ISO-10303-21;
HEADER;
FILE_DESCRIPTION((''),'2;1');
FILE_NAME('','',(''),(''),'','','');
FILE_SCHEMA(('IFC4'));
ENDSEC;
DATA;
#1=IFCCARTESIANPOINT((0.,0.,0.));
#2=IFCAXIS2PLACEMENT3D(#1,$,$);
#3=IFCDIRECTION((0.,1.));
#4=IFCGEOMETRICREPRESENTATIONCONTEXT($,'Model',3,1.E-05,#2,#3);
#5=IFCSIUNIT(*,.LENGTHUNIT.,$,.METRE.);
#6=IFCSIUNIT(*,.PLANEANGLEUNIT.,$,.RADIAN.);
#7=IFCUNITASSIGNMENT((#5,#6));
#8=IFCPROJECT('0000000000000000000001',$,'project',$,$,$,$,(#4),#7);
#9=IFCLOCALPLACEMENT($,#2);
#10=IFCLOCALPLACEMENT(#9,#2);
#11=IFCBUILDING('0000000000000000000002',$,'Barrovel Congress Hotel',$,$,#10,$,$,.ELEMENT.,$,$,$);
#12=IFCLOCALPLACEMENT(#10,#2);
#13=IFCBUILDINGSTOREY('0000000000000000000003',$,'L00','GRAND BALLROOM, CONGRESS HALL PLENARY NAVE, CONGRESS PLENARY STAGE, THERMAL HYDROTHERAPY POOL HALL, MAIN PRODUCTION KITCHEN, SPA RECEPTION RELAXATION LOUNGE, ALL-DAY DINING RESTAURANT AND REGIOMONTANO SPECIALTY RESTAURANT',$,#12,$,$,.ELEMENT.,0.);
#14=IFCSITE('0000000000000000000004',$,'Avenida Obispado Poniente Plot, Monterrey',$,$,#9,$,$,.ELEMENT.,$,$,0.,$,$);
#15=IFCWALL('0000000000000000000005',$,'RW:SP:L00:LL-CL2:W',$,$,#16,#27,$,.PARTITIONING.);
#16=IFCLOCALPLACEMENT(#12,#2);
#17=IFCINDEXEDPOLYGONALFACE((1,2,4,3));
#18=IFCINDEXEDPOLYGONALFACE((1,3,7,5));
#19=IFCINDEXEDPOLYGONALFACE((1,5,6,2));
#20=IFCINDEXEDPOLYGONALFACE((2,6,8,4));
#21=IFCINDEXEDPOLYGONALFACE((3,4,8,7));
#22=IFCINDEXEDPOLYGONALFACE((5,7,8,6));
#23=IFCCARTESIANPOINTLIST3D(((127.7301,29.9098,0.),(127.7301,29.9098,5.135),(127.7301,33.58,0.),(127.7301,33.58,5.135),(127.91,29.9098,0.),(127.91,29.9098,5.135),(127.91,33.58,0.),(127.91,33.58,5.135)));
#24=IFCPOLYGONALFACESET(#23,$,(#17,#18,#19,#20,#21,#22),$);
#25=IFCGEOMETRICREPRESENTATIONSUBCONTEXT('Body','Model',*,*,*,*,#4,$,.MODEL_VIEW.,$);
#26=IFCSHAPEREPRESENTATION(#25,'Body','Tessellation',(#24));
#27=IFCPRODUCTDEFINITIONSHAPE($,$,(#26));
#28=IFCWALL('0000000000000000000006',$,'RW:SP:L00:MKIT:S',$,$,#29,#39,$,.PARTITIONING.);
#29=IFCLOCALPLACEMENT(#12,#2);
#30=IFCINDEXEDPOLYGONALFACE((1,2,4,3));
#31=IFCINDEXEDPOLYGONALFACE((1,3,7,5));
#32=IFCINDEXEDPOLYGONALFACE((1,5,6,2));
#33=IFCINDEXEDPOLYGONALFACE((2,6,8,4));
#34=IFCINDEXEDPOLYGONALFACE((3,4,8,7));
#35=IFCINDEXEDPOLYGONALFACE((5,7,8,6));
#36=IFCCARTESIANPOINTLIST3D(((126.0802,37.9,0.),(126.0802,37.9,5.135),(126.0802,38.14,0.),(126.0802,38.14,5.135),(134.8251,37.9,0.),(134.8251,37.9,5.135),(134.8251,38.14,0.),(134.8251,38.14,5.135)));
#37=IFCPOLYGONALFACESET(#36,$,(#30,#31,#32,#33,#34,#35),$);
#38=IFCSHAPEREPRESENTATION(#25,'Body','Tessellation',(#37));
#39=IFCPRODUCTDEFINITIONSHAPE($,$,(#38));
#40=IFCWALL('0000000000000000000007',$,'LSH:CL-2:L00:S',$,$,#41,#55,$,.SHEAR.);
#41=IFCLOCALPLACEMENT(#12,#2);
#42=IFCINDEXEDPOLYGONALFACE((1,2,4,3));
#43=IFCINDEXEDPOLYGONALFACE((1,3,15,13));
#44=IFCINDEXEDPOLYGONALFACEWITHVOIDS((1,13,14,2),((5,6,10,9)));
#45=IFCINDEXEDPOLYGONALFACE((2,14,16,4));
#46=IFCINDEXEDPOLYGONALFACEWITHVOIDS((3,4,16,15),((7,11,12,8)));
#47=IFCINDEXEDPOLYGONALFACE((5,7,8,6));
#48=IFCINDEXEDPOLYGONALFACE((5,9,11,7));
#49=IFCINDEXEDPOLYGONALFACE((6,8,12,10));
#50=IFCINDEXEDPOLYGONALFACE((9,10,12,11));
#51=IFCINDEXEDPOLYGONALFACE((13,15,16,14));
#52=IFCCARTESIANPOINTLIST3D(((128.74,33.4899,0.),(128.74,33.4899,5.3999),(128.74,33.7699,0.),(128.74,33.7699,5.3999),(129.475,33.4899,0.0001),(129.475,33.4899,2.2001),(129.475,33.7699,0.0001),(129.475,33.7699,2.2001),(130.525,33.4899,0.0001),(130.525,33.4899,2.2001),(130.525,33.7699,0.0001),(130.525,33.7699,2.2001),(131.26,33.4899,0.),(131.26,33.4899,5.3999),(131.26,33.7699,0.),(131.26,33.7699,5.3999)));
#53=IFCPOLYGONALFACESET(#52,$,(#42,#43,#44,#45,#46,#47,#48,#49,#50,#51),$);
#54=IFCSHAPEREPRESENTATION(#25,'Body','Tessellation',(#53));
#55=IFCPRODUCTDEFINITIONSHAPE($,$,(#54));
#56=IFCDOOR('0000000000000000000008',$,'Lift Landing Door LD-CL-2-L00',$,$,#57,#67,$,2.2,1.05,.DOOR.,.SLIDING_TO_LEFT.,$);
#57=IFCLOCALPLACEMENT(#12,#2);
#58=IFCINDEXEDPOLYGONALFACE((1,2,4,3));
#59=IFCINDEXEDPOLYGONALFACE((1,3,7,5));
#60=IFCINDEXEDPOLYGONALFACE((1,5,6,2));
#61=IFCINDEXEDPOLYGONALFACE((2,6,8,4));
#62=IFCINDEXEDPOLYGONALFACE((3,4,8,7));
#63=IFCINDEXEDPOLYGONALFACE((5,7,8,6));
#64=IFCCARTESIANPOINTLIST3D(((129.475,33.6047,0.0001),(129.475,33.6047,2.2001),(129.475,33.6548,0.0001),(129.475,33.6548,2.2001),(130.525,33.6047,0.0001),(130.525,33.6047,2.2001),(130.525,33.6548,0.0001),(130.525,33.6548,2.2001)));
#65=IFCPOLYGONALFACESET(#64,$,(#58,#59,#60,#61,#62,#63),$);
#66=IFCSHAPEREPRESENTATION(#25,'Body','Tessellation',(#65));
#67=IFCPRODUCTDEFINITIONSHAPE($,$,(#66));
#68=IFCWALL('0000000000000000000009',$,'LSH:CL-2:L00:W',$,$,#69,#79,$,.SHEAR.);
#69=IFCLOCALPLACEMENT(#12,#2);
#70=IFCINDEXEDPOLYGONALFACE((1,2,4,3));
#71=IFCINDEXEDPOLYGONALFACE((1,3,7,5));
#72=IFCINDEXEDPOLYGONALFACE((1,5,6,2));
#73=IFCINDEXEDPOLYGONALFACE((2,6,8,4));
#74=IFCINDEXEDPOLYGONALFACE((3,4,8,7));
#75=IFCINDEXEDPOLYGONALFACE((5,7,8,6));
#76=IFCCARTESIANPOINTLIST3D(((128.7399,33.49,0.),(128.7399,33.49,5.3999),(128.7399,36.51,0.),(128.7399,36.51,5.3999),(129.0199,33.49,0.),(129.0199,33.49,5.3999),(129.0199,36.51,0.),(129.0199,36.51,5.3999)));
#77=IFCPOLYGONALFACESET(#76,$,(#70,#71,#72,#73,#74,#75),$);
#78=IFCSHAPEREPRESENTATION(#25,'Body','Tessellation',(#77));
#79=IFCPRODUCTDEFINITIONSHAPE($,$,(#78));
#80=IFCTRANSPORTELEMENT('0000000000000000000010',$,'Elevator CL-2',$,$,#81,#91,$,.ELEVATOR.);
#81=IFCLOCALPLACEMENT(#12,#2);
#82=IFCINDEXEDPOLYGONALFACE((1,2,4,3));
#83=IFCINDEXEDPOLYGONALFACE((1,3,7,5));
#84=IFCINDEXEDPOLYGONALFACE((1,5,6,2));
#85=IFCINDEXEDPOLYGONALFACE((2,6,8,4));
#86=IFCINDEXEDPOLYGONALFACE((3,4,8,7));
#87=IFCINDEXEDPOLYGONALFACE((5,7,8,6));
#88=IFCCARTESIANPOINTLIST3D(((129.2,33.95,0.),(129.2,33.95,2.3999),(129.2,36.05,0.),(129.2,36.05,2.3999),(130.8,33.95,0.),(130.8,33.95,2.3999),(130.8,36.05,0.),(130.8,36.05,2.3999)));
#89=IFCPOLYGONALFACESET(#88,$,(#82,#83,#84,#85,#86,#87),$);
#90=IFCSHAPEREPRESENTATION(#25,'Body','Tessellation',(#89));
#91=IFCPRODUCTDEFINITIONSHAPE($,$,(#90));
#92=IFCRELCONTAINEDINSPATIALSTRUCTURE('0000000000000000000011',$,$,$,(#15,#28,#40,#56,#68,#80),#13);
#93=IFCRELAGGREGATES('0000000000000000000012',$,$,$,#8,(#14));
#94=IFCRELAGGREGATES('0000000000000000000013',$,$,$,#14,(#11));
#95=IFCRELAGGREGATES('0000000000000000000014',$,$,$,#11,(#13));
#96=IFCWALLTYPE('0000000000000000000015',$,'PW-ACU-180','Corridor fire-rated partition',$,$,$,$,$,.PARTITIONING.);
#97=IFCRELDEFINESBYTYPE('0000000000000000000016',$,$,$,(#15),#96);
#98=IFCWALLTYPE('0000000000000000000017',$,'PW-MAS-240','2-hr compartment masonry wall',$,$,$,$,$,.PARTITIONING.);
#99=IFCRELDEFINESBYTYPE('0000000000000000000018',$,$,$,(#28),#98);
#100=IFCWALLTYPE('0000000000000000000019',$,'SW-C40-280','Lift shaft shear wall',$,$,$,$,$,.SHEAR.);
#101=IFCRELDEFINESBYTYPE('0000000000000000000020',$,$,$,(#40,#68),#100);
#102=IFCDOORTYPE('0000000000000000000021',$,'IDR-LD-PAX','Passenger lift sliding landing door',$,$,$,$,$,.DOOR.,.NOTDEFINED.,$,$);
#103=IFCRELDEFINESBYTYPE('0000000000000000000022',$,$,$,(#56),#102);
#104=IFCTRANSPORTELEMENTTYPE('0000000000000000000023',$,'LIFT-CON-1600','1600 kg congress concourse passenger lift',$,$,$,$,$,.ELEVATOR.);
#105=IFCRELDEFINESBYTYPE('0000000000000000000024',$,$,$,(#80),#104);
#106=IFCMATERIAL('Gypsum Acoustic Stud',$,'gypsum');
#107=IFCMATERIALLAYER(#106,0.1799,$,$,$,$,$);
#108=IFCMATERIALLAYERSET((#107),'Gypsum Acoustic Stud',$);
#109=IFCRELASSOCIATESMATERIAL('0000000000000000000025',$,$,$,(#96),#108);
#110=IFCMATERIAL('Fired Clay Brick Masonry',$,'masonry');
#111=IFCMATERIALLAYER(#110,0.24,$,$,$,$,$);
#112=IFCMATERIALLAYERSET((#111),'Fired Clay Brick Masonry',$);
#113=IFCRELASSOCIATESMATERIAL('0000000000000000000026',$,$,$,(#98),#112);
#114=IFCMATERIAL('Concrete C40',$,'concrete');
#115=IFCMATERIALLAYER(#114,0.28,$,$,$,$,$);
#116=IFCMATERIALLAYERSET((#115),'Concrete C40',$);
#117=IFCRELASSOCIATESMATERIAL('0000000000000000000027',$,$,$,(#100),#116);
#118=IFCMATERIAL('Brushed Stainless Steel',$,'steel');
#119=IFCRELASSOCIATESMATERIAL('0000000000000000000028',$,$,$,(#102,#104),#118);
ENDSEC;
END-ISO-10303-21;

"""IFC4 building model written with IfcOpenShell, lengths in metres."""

from ifc_helpers import new_model, si_unit, direction, frame, frame_2d, origin, origin_2d, place, context, subcontext, project, spatial, rectangle, extrude, material, layer, layer_set, type_object, element, fill, save


model = new_model("IFC4")

# Units and contexts
model_context = context("Model", 3, precision=1e-05, world=origin(), true_north=direction((0.0, 1.0)))
body_context = subcontext(model_context, "Body", "Model", "MODEL_VIEW")
ifc_project = project(units=[si_unit("LENGTHUNIT", "METRE"), si_unit("PLANEANGLEUNIT", "RADIAN")], contexts=[model_context])

# Site, building, storey
site_placement = place(None, origin())
site = spatial("IfcSite", under=ifc_project, at=site_placement, Name="Avenida Obispado Poniente Plot, Monterrey", CompositionType="ELEMENT", RefElevation=0.0)
building_placement = place(site_placement, origin())
building = spatial("IfcBuilding", under=site, at=building_placement, Name="Barrovel Congress Hotel", CompositionType="ELEMENT")
storey_placement = place(building_placement, origin())
storey = spatial("IfcBuildingStorey", under=building, at=storey_placement, Name="L00", Description="GRAND BALLROOM, CONGRESS HALL PLENARY NAVE, CONGRESS PLENARY STAGE, THERMAL HYDROTHERAPY POOL HALL, MAIN PRODUCTION KITCHEN, SPA RECEPTION RELAXATION LOUNGE, ALL-DAY DINING RESTAURANT AND REGIOMONTANO SPECIALTY RESTAURANT", CompositionType="ELEMENT", Elevation=0.0)

# Shared definitions
ifc_material_1 = material(Name="Concrete C40", Category="concrete")

# Shared definitions
ifc_material_2 = material(Name="Fired Clay Brick Masonry", Category="masonry")

# Shared definitions
ifc_material_3 = material(Name="Gypsum Acoustic Stud", Category="gypsum")
ifc_layer_1 = layer(ifc_material_3, 0.1799)
ifc_layer_set_1 = layer_set([ifc_layer_1], Name="Gypsum Acoustic Stud")
wall_type_1 = type_object("IfcWallType", Name="PW-ACU-180", Description="Corridor fire-rated partition", PredefinedType="PARTITIONING", material=ifc_layer_set_1)

# Walls
wall_1_placement = place(storey_placement, frame((127.8201, 29.9099, 0.0), z_axis=(0.0, 0.0, 1.0), x_axis=(0.0, 1.0, 0.0)))
element("IfcWall", 1, at=wall_1_placement, inside=storey, type_object=wall_type_1, Name="RW:SP:L00:LL-CL2:W", PredefinedType="PARTITIONING", context=body_context, shape_type="SweptSolid", body=[
    extrude(rectangle(XDim=3.6702, YDim=0.1799, at=frame_2d((1.835, 0.0))), origin(), (0.0, 0.0, 1.0), 5.135),
])
ifc_layer_2 = layer(ifc_material_2, 0.24)
ifc_layer_set_2 = layer_set([ifc_layer_2], Name="Fired Clay Brick Masonry")
wall_type_2 = type_object("IfcWallType", Name="PW-MAS-240", Description="2-hr compartment masonry wall", PredefinedType="PARTITIONING", material=ifc_layer_set_2)
wall_2_placement = place(storey_placement, frame((126.0801, 38.02, 0.0), z_axis=(0.0, 0.0, 1.0), x_axis=(1.0, 0.0, 0.0)))
element("IfcWall", 2, at=wall_2_placement, inside=storey, type_object=wall_type_2, Name="RW:SP:L00:MKIT:S", PredefinedType="PARTITIONING", context=body_context, shape_type="SweptSolid", body=[
    extrude(rectangle(XDim=8.7449, YDim=0.24, at=frame_2d((4.3726, 0.0))), origin(), (0.0, 0.0, 1.0), 5.135),
])

# Wall, opening, door
ifc_layer_3 = layer(ifc_material_1, 0.28)
ifc_layer_set_3 = layer_set([ifc_layer_3], Name="Concrete C40")
wall_type_3 = type_object("IfcWallType", Name="SW-C40-280", Description="Lift shaft shear wall", PredefinedType="SHEAR", material=ifc_layer_set_3)
wall_3_placement = place(storey_placement, frame((128.74, 33.6299, 0.0), z_axis=(0.0, 0.0, 1.0), x_axis=(1.0, 0.0, 0.0)))
wall_3 = element("IfcWall", 3, at=wall_3_placement, inside=storey, type_object=wall_type_3, Name="LSH:CL-2:L00:S", PredefinedType="SHEAR", context=body_context, shape_type="SweptSolid", body=[
    extrude(rectangle(XDim=2.52, YDim=0.28, at=frame_2d((1.26, 0.0))), origin(), (0.0, 0.0, 1.0), 5.3999),
])
opening_1_placement = place(wall_3_placement, frame((0.7351, 0.0, 0.0)))
opening_1 = element("IfcOpeningElement", 4, at=opening_1_placement, cuts=wall_3, PredefinedType="OPENING", context=body_context, shape_type="SweptSolid", body=[
    extrude(rectangle(XDim=1.05, YDim=2.2, at=frame_2d((0.5249, 1.1001))), frame((0.0, 0.1499, 0.0), z_axis=(0.0, -1.0, 0.0), x_axis=(1.0, 0.0, 0.0)), (0.0, 0.0, 1.0), 0.3),
])
ifc_material_4 = material(Name="Brushed Stainless Steel", Category="steel")
door_type_1 = type_object("IfcDoorType", Name="IDR-LD-PAX", Description="Passenger lift sliding landing door", OperationType="NOTDEFINED", PredefinedType="DOOR", material=ifc_material_4)
door_1_placement = place(opening_1_placement, origin())
door_1 = element("IfcDoor", 5, at=door_1_placement, inside=storey, type_object=door_type_1, Name="Lift Landing Door LD-CL-2-L00", OperationType="SLIDING_TO_LEFT", OverallHeight=2.2, OverallWidth=1.05, PredefinedType="DOOR", context=body_context, shape_type="SweptSolid", body=[
    extrude(rectangle(XDim=1.05, YDim=2.2, at=frame_2d((0.5249, 1.1001))), frame((0.0, 0.0249, 0.0), z_axis=(0.0, -1.0, 0.0), x_axis=(1.0, 0.0, 0.0)), (0.0, 0.0, 1.0), 0.05),
])
fill(opening_1, door_1)

# Wall
wall_4_placement = place(storey_placement, frame((128.8799, 36.51, 0.0), z_axis=(0.0, 0.0, 1.0), x_axis=(0.0, -1.0, 0.0)))
element("IfcWall", 6, at=wall_4_placement, inside=storey, type_object=wall_type_3, Name="LSH:CL-2:L00:W", PredefinedType="SHEAR", context=body_context, shape_type="SweptSolid", body=[
    extrude(rectangle(XDim=3.02, YDim=0.28, at=frame_2d((1.51, 0.0))), origin(), (0.0, 0.0, 1.0), 5.3999),
])

# Transport element
transport_element_type = type_object("IfcTransportElementType", Name="LIFT-CON-1600", Description="1600 kg congress concourse passenger lift", PredefinedType="ELEVATOR", material=ifc_material_4)
transport_element_placement = place(storey_placement, frame((130.0, 35.0, 0.0), z_axis=(0.0, 0.0, 1.0), x_axis=(1.0, 0.0, 0.0)))
element("IfcTransportElement", 7, at=transport_element_placement, inside=storey, type_object=transport_element_type, Name="Elevator CL-2", PredefinedType="ELEVATOR", context=body_context, shape_type="SweptSolid", body=[
    extrude(rectangle(XDim=1.6001, YDim=2.1001, at=origin_2d()), origin(), (0.0, 0.0, 1.0), 2.3999),
])

save(model, "model.ifc")
